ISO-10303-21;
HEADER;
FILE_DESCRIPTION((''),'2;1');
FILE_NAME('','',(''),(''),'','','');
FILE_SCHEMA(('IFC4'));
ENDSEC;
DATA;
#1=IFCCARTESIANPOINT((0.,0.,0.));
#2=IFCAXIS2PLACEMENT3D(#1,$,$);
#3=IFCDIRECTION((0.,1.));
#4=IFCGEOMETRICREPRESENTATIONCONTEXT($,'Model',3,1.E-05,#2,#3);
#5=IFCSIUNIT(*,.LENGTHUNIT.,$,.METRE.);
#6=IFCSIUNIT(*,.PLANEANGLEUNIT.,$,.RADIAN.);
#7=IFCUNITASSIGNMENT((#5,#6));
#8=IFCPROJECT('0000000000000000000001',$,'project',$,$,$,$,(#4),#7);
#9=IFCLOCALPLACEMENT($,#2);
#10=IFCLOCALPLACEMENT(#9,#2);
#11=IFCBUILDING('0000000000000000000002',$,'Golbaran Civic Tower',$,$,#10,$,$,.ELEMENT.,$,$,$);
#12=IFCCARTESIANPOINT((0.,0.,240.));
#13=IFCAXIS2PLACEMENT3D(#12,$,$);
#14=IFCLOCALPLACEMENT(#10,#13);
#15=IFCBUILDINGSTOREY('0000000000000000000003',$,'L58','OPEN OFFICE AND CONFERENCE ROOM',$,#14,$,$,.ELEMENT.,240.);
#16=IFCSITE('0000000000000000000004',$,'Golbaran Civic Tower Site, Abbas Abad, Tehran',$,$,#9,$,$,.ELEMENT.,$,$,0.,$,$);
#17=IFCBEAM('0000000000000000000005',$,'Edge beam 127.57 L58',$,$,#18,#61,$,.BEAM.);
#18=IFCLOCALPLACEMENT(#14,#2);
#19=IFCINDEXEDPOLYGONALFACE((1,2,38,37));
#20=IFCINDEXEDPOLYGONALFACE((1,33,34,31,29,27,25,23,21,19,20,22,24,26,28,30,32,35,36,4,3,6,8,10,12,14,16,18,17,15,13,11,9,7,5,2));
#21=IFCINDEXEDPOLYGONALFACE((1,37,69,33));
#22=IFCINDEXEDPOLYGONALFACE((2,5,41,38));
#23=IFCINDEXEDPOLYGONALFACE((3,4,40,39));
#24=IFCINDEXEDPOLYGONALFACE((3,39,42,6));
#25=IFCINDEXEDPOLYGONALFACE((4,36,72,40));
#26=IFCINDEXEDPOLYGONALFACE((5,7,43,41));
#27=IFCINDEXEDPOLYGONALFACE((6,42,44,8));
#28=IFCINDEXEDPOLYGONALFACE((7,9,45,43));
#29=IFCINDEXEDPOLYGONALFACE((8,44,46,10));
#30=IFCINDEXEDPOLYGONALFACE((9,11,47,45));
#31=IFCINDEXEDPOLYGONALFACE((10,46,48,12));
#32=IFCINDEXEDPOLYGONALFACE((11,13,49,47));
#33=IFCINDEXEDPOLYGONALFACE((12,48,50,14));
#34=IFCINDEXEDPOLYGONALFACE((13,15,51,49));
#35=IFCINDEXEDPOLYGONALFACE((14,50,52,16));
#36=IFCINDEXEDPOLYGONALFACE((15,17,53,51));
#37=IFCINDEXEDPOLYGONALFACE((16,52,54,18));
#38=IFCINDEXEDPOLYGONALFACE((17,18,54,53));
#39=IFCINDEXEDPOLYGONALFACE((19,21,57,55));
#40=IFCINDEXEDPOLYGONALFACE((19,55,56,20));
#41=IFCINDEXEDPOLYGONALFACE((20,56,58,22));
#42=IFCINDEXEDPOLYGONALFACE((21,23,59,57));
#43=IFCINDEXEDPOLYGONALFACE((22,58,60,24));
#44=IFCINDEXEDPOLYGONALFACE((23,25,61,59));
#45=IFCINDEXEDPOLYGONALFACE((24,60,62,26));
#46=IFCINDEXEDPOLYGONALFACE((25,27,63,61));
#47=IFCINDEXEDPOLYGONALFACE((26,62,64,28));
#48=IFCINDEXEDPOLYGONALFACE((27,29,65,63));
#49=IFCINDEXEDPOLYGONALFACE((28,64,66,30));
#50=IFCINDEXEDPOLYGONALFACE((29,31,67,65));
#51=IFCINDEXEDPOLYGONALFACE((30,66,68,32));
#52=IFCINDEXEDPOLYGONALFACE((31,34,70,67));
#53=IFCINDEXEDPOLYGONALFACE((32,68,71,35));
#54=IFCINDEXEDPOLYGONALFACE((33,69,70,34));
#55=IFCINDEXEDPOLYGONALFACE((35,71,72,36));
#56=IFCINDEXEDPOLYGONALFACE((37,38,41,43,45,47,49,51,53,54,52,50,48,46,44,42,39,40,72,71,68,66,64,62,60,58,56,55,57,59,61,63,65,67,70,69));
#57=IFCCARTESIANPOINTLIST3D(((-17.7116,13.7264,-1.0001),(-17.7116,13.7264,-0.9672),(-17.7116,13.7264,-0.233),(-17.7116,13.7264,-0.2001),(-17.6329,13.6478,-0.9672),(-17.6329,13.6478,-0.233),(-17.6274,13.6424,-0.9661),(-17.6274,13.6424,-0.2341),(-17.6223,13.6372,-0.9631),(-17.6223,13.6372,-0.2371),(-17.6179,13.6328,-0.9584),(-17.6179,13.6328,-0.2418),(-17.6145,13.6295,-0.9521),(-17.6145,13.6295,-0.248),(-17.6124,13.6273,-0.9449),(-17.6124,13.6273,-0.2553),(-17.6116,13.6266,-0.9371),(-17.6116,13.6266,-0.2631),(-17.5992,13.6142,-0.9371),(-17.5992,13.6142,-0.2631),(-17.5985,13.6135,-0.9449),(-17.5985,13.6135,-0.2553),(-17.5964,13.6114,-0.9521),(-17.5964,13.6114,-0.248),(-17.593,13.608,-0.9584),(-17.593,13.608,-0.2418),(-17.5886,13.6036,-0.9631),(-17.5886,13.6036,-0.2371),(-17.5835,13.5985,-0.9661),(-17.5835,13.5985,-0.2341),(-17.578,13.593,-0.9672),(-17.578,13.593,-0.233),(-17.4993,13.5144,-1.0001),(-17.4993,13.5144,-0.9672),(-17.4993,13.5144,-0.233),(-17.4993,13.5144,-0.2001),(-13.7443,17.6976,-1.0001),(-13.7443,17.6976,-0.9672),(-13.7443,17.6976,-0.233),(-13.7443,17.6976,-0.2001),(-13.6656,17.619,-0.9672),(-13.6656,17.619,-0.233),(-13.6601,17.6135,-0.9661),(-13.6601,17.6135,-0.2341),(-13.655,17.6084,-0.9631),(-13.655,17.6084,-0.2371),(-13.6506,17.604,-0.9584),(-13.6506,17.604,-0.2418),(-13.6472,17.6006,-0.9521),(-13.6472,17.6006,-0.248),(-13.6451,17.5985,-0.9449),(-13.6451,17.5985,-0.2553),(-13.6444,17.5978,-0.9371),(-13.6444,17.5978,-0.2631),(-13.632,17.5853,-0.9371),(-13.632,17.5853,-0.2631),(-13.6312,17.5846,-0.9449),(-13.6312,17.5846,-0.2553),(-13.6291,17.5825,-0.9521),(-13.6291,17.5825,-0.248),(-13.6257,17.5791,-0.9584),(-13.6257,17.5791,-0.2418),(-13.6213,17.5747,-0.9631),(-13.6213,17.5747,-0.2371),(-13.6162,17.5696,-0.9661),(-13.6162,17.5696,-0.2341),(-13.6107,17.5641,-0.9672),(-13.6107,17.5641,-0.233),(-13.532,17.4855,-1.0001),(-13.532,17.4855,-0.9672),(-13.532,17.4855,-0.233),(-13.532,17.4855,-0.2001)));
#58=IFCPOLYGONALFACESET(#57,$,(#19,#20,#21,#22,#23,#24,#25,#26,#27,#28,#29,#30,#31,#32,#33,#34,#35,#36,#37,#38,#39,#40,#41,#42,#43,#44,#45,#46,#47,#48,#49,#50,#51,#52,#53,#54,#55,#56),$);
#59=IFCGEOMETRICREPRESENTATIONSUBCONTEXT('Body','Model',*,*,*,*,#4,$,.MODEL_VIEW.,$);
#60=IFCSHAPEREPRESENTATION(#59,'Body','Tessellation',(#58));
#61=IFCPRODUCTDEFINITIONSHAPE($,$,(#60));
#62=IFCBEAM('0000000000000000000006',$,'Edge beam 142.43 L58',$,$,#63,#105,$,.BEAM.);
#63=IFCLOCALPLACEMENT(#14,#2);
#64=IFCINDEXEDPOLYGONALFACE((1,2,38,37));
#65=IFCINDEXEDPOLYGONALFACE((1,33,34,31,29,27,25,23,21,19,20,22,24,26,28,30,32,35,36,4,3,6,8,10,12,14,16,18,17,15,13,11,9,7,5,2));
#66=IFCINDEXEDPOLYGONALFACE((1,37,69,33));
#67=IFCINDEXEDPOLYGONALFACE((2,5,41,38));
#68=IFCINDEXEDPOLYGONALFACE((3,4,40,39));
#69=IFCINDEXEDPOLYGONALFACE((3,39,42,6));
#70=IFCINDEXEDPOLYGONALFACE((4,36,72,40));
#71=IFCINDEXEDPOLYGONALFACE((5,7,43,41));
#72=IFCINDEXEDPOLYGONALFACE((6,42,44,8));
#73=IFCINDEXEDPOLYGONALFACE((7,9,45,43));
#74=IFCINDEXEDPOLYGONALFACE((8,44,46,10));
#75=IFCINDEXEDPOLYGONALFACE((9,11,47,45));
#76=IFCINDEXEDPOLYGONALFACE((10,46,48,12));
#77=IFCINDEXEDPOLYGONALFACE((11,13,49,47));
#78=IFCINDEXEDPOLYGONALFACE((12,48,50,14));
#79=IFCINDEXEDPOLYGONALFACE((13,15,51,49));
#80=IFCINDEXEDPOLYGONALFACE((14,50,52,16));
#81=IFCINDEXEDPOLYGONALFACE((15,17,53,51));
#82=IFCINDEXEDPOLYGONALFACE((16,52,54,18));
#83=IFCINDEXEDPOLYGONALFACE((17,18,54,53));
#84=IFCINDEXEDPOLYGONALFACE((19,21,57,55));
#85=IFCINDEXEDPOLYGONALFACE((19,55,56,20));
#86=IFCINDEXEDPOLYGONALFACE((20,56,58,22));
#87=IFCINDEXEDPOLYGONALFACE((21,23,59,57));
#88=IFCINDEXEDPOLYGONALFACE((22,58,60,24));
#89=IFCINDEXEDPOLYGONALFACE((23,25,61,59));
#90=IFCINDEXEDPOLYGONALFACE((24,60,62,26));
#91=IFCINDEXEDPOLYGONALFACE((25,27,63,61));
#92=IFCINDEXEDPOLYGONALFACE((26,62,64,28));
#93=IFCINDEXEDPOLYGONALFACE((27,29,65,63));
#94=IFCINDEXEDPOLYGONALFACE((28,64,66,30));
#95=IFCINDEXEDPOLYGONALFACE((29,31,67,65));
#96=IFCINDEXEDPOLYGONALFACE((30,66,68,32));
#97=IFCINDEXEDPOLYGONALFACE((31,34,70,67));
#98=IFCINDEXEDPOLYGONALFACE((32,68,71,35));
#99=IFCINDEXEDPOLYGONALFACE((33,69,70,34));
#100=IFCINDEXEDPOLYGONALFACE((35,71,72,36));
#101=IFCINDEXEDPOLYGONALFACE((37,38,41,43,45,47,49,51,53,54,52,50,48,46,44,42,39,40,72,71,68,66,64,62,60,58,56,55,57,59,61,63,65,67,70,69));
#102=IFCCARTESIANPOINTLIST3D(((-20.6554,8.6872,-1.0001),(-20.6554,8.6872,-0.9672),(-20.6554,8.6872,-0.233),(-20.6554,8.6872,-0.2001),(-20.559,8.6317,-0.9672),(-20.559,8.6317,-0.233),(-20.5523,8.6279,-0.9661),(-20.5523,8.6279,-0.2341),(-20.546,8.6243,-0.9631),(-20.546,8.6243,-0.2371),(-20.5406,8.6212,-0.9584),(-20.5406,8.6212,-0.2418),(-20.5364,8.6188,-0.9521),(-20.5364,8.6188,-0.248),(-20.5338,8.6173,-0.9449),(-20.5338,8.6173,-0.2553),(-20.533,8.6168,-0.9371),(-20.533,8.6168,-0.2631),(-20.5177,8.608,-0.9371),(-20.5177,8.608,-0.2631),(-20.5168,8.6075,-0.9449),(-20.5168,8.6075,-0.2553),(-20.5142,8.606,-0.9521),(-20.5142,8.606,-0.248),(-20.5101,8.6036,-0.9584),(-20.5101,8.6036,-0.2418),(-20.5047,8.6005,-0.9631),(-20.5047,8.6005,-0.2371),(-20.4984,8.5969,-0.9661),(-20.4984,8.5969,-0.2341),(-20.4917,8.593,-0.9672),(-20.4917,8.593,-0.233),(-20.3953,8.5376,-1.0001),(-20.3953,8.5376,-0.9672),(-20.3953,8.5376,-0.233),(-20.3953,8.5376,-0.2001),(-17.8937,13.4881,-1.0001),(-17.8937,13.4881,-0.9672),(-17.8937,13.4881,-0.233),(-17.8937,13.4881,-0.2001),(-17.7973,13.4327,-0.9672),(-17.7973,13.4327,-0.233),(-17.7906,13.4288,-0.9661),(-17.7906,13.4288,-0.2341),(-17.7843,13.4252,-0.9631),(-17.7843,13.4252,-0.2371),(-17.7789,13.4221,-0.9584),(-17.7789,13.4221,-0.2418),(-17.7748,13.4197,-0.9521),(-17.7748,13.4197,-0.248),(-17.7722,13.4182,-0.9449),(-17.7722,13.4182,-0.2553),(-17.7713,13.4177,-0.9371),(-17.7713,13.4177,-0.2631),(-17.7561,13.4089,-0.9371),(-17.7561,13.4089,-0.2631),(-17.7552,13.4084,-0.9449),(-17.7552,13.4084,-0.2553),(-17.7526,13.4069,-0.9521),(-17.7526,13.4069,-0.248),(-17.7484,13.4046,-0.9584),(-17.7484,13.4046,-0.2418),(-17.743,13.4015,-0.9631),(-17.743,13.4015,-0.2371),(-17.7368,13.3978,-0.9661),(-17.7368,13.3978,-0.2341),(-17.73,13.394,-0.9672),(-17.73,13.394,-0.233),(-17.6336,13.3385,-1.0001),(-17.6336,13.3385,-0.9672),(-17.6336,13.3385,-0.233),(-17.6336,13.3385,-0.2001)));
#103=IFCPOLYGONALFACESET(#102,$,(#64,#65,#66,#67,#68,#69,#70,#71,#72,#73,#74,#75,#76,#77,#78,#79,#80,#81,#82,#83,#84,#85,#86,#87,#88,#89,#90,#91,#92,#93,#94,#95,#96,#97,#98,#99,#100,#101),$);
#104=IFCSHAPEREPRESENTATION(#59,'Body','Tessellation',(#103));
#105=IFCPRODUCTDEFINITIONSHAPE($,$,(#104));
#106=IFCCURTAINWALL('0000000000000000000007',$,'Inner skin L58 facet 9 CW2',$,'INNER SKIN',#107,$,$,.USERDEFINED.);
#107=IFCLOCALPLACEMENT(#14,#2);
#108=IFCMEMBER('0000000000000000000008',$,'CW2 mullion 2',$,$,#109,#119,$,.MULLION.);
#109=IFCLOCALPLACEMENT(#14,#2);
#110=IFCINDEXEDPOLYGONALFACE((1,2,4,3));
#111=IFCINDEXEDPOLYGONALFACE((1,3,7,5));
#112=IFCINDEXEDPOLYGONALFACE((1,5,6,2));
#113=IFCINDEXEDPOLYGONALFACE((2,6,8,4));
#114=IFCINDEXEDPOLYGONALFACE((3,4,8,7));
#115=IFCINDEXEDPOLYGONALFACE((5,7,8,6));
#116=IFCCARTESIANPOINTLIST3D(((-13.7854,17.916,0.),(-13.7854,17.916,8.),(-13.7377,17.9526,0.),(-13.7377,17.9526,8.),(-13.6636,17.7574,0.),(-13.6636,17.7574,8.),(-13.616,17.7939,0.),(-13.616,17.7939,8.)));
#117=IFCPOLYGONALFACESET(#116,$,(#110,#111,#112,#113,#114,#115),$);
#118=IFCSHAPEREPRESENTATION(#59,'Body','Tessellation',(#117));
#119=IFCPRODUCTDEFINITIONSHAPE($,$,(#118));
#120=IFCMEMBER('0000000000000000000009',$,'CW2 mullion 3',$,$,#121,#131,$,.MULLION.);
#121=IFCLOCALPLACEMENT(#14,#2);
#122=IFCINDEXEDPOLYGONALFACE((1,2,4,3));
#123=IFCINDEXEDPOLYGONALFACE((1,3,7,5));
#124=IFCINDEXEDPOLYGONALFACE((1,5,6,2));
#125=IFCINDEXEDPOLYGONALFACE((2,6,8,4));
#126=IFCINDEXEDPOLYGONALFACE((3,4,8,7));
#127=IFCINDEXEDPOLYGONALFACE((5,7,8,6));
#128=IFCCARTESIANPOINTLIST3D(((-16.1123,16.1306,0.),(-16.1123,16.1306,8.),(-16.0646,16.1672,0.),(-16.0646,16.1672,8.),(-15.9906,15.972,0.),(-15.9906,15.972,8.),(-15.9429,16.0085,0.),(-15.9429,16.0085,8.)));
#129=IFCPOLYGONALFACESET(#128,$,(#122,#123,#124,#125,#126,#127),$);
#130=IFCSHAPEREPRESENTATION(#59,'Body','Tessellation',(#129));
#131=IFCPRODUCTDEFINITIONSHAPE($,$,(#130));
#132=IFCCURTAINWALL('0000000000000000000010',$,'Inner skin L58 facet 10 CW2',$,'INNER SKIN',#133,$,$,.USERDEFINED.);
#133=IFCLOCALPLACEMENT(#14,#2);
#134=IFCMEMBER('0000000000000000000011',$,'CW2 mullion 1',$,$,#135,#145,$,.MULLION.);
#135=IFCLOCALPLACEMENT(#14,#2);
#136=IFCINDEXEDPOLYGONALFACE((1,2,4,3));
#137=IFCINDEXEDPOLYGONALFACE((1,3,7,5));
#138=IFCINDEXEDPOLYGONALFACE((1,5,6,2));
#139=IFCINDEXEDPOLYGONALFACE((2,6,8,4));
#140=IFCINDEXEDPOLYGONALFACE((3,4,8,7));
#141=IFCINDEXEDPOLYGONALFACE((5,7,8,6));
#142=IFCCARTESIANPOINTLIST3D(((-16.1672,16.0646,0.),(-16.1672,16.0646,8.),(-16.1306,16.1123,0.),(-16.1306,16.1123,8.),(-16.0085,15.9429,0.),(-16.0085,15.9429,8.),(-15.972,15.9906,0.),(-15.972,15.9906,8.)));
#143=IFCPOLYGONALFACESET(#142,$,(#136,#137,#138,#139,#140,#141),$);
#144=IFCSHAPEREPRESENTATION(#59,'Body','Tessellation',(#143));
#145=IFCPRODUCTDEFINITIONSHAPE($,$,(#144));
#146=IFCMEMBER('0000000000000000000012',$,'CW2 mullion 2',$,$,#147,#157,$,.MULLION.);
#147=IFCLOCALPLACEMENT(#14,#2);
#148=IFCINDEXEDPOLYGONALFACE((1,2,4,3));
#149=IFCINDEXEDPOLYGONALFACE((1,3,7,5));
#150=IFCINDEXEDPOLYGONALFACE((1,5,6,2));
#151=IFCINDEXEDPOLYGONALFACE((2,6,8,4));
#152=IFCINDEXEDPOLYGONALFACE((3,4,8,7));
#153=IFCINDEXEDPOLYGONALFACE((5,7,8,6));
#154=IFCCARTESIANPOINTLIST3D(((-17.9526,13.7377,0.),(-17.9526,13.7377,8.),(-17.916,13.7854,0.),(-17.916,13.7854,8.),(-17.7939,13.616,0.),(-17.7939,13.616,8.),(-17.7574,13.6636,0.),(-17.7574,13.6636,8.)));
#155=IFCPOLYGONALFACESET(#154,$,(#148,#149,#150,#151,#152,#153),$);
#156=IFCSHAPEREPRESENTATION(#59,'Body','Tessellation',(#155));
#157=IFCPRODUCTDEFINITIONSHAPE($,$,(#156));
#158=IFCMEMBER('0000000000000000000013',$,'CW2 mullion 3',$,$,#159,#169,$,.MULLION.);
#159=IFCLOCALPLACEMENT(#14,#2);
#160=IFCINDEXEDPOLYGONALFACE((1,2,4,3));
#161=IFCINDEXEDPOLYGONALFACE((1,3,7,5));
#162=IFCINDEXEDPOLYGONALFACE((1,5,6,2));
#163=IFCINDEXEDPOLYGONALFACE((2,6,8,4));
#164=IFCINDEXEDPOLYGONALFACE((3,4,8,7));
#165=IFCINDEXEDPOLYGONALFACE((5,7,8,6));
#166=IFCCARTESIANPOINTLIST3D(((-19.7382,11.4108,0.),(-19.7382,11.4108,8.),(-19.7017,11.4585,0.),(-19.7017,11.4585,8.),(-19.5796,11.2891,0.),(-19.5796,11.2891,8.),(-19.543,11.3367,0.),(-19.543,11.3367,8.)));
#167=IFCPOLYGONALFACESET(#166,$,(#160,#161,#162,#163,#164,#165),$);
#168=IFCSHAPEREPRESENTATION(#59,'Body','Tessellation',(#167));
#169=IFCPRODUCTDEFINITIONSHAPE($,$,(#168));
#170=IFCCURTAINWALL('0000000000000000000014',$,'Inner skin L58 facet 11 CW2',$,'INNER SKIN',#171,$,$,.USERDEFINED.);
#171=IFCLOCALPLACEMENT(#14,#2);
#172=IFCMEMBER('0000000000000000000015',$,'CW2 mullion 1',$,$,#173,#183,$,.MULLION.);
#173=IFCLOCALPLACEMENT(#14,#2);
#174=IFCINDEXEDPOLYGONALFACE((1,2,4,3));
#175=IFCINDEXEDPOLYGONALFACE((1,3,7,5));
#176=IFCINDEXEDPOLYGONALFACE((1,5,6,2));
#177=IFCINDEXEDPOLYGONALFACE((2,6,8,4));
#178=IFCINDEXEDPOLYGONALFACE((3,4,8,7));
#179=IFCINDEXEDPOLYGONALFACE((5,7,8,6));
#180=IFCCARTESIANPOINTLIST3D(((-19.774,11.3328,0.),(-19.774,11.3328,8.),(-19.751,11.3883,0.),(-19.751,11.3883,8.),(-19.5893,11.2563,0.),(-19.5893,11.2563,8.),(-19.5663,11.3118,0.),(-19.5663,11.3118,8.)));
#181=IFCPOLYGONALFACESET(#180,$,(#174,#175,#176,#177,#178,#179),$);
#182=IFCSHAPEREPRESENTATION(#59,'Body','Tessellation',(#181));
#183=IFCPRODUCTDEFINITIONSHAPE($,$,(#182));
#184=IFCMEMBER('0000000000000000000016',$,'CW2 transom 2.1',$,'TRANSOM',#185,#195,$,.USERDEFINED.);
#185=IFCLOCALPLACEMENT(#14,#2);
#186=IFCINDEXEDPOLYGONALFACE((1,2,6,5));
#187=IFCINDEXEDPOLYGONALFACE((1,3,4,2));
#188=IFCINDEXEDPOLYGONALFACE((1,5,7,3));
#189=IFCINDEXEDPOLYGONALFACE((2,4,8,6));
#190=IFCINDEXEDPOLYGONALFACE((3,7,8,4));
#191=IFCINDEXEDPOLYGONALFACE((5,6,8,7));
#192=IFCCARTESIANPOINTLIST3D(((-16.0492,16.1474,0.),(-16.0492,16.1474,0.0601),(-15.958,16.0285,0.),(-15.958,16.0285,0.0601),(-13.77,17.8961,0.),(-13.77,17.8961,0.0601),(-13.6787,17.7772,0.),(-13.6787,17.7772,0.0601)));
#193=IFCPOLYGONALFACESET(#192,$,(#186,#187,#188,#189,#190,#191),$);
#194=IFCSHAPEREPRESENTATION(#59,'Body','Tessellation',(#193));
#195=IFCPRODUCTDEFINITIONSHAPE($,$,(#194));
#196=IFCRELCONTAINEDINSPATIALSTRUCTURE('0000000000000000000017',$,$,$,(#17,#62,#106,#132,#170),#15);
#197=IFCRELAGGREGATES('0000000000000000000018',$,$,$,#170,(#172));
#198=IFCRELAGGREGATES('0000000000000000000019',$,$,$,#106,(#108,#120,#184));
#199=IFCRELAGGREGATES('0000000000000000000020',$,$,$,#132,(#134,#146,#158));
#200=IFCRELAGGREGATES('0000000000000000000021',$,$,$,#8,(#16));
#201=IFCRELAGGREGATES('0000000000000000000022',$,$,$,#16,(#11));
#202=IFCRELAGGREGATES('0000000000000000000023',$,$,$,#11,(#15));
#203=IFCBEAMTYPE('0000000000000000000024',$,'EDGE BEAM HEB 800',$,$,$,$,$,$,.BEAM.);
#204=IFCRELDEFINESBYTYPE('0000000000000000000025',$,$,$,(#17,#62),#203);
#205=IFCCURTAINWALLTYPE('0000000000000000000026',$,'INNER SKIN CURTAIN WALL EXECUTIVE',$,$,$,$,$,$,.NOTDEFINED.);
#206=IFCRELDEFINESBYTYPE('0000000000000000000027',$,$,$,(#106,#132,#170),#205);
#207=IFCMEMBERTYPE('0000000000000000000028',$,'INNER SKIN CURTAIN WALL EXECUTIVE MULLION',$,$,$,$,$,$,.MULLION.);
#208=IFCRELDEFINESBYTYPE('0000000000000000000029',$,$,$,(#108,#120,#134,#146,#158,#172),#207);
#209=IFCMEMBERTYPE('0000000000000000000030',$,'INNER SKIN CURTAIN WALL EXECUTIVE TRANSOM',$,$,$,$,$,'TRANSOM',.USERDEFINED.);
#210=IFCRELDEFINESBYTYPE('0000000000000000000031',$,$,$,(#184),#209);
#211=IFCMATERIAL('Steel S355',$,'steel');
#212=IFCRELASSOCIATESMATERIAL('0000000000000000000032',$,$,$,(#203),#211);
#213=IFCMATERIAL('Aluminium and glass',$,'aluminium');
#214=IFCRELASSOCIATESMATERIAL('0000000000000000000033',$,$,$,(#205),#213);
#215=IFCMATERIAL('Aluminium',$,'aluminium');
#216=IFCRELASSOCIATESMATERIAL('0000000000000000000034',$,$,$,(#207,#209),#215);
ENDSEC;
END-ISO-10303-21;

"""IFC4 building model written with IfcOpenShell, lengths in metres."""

from ifc_helpers import new_model, si_unit, direction, frame, origin, origin_2d, place, context, subcontext, project, spatial, rectangle, i_section, extrude, material, material_profile, profile_set, type_object, element, aggregate, save


model = new_model("IFC4")

# Units and contexts
model_context = context("Model", 3, precision=1e-05, world=origin(), true_north=direction((0.0, 1.0)))
body_context = subcontext(model_context, "Body", "Model", "MODEL_VIEW")
ifc_project = project(units=[si_unit("LENGTHUNIT", "METRE"), si_unit("PLANEANGLEUNIT", "RADIAN")], contexts=[model_context])

# Site, building, storey
site_placement = place(None, origin())
site = spatial("IfcSite", under=ifc_project, at=site_placement, Name="Golbaran Civic Tower Site, Abbas Abad, Tehran", CompositionType="ELEMENT", RefElevation=0.0)
building_placement = place(site_placement, origin())
building = spatial("IfcBuilding", under=site, at=building_placement, Name="Golbaran Civic Tower", CompositionType="ELEMENT")
storey_placement = place(building_placement, frame((0.0, 0.0, 240.0)))
storey = spatial("IfcBuildingStorey", under=building, at=storey_placement, Name="L58", Description="OPEN OFFICE AND CONFERENCE ROOM", CompositionType="ELEMENT", Elevation=240.0)

# Beams
ifc_material_1 = material(Name="Steel S355", Category="steel")
ifc_material_profile_1 = material_profile(ifc_material_1, i_section(OverallWidth=0.3, OverallDepth=0.8, WebThickness=0.0176, FlangeThickness=0.033, FilletRadius=0.03, at=origin_2d()), Name="HEB 800")
ifc_profile_set_1 = profile_set([ifc_material_profile_1], Name="Steel S355")
beam_type = type_object("IfcBeamType", Name="EDGE BEAM HEB 800", PredefinedType="BEAM", material=ifc_profile_set_1)
beam_1_placement = place(storey_placement, frame((-13.6382, 17.5916, -0.6001), z_axis=(-0.706759, -0.707455, 0.0), x_axis=(0.707455, -0.706759, 0.0)))
element("IfcBeam", 1, at=beam_1_placement, inside=storey, type_object=beam_type, Name="Edge beam 127.57 L58", PredefinedType="BEAM", context=body_context, shape_type="SweptSolid", body=[
    extrude(i_section(OverallWidth=0.3, OverallDepth=0.8, WebThickness=0.0176, FlangeThickness=0.033, FilletRadius=0.03, at=origin_2d()), origin(), (0.0, 0.0, 1.0), 5.6133),
])
beam_2_placement = place(storey_placement, frame((-17.7637, 13.4133, -0.6001), z_axis=(-0.498624, -0.866818, 0.0), x_axis=(0.866818, -0.498624, 0.0)))
element("IfcBeam", 2, at=beam_2_placement, inside=storey, type_object=beam_type, Name="Edge beam 142.43 L58", PredefinedType="BEAM", context=body_context, shape_type="SweptSolid", body=[
    extrude(i_section(OverallWidth=0.3, OverallDepth=0.8, WebThickness=0.0176, FlangeThickness=0.033, FilletRadius=0.03, at=origin_2d()), origin(), (0.0, 0.0, 1.0), 5.5386),
])

# Curtain walls, members
ifc_material_2 = material(Name="Aluminium and glass", Category="aluminium")
curtain_wall_type = type_object("IfcCurtainWallType", Name="INNER SKIN CURTAIN WALL EXECUTIVE", PredefinedType="NOTDEFINED", material=ifc_material_2)
curtain_wall_1_placement = place(storey_placement, origin())
curtain_wall_1 = element("IfcCurtainWall", 3, at=curtain_wall_1_placement, inside=storey, type_object=curtain_wall_type, Name="Inner skin L58 facet 9 CW2", ObjectType="INNER SKIN", PredefinedType="USERDEFINED")
ifc_material_3 = material(Name="Aluminium", Category="aluminium")
ifc_material_profile_2 = material_profile(ifc_material_3, rectangle(XDim=0.2, YDim=0.0601, at=origin_2d()), Name="INNER SKIN CURTAIN WALL EXECUTIVE MULLION")
ifc_profile_set_2 = profile_set([ifc_material_profile_2], Name="Aluminium")
member_type_1 = type_object("IfcMemberType", Name="INNER SKIN CURTAIN WALL EXECUTIVE MULLION", PredefinedType="MULLION", material=ifc_profile_set_2)
member_1_placement = place(storey_placement, frame((-13.7007, 17.855, 0.0), z_axis=(0.0, 0.0, 1.0), x_axis=(0.608761, -0.793353, 0.0)))
member_1 = element("IfcMember", 4, at=member_1_placement, type_object=member_type_1, Name="CW2 mullion 2", PredefinedType="MULLION", context=body_context, shape_type="SweptSolid", body=[
    extrude(rectangle(XDim=0.2, YDim=0.0601, at=origin_2d()), origin(), (0.0, 0.0, 1.0), 8.0),
])
member_2_placement = place(storey_placement, frame((-16.0276, 16.0696, 0.0), z_axis=(0.0, 0.0, 1.0), x_axis=(0.608761, -0.793353, 0.0)))
member_2 = element("IfcMember", 5, at=member_2_placement, type_object=member_type_1, Name="CW2 mullion 3", PredefinedType="MULLION", context=body_context, shape_type="SweptSolid", body=[
    extrude(rectangle(XDim=0.2, YDim=0.0601, at=origin_2d()), origin(), (0.0, 0.0, 1.0), 8.0),
])
curtain_wall_2_placement = place(storey_placement, origin())
curtain_wall_2 = element("IfcCurtainWall", 6, at=curtain_wall_2_placement, inside=storey, type_object=curtain_wall_type, Name="Inner skin L58 facet 10 CW2", ObjectType="INNER SKIN", PredefinedType="USERDEFINED")
member_3_placement = place(storey_placement, frame((-16.0696, 16.0276, 0.0), z_axis=(0.0, 0.0, 1.0), x_axis=(0.793353, -0.608761, 0.0)))
member_3 = element("IfcMember", 7, at=member_3_placement, type_object=member_type_1, Name="CW2 mullion 1", PredefinedType="MULLION", context=body_context, shape_type="SweptSolid", body=[
    extrude(rectangle(XDim=0.2, YDim=0.0601, at=origin_2d()), origin(), (0.0, 0.0, 1.0), 8.0),
])
member_4_placement = place(storey_placement, frame((-17.855, 13.7007, 0.0), z_axis=(0.0, 0.0, 1.0), x_axis=(0.793353, -0.608761, 0.0)))
member_4 = element("IfcMember", 8, at=member_4_placement, type_object=member_type_1, Name="CW2 mullion 2", PredefinedType="MULLION", context=body_context, shape_type="SweptSolid", body=[
    extrude(rectangle(XDim=0.2, YDim=0.0601, at=origin_2d()), origin(), (0.0, 0.0, 1.0), 8.0),
])
member_5_placement = place(storey_placement, frame((-19.6406, 11.3738, 0.0), z_axis=(0.0, 0.0, 1.0), x_axis=(0.793353, -0.608761, 0.0)))
member_5 = element("IfcMember", 9, at=member_5_placement, type_object=member_type_1, Name="CW2 mullion 3", PredefinedType="MULLION", context=body_context, shape_type="SweptSolid", body=[
    extrude(rectangle(XDim=0.2, YDim=0.0601, at=origin_2d()), origin(), (0.0, 0.0, 1.0), 8.0),
])

# Curtain wall, member
curtain_wall_3_placement = place(storey_placement, origin())
curtain_wall_3 = element("IfcCurtainWall", 10, at=curtain_wall_3_placement, inside=storey, type_object=curtain_wall_type, Name="Inner skin L58 facet 11 CW2", ObjectType="INNER SKIN", PredefinedType="USERDEFINED")
member_6_placement = place(storey_placement, frame((-19.6702, 11.3223, 0.0), z_axis=(0.0, 0.0, 1.0), x_axis=(0.92388, -0.382683, 0.0)))
member_6 = element("IfcMember", 11, at=member_6_placement, type_object=member_type_1, Name="CW2 mullion 1", PredefinedType="MULLION", context=body_context, shape_type="SweptSolid", body=[
    extrude(rectangle(XDim=0.2, YDim=0.0601, at=origin_2d()), origin(), (0.0, 0.0, 1.0), 8.0),
])

# Member
ifc_material_profile_3 = material_profile(ifc_material_3, rectangle(XDim=0.1499, YDim=0.0601, at=origin_2d()), Name="INNER SKIN CURTAIN WALL EXECUTIVE TRANSOM")
ifc_profile_set_3 = profile_set([ifc_material_profile_3], Name="Aluminium")
member_type_2 = type_object("IfcMemberType", Name="INNER SKIN CURTAIN WALL EXECUTIVE TRANSOM", ElementType="TRANSOM", PredefinedType="USERDEFINED", material=ifc_profile_set_3)
member_7_placement = place(storey_placement, frame((-13.7244, 17.8367, 0.03), z_axis=(-0.793385, -0.608721, 0.0), x_axis=(0.608721, -0.793385, 0.0)))
member_7 = element("IfcMember", 12, at=member_7_placement, type_object=member_type_2, Name="CW2 transom 2.1", ObjectType="TRANSOM", PredefinedType="USERDEFINED", context=body_context, shape_type="SweptSolid", body=[
    extrude(rectangle(XDim=0.1499, YDim=0.0601, at=origin_2d()), origin(), (0.0, 0.0, 1.0), 2.8728),
])

aggregate(curtain_wall_3, [member_6])
aggregate(curtain_wall_1, [member_1, member_2, member_7])
aggregate(curtain_wall_2, [member_3, member_4, member_5])

save(model, "model.ifc")
